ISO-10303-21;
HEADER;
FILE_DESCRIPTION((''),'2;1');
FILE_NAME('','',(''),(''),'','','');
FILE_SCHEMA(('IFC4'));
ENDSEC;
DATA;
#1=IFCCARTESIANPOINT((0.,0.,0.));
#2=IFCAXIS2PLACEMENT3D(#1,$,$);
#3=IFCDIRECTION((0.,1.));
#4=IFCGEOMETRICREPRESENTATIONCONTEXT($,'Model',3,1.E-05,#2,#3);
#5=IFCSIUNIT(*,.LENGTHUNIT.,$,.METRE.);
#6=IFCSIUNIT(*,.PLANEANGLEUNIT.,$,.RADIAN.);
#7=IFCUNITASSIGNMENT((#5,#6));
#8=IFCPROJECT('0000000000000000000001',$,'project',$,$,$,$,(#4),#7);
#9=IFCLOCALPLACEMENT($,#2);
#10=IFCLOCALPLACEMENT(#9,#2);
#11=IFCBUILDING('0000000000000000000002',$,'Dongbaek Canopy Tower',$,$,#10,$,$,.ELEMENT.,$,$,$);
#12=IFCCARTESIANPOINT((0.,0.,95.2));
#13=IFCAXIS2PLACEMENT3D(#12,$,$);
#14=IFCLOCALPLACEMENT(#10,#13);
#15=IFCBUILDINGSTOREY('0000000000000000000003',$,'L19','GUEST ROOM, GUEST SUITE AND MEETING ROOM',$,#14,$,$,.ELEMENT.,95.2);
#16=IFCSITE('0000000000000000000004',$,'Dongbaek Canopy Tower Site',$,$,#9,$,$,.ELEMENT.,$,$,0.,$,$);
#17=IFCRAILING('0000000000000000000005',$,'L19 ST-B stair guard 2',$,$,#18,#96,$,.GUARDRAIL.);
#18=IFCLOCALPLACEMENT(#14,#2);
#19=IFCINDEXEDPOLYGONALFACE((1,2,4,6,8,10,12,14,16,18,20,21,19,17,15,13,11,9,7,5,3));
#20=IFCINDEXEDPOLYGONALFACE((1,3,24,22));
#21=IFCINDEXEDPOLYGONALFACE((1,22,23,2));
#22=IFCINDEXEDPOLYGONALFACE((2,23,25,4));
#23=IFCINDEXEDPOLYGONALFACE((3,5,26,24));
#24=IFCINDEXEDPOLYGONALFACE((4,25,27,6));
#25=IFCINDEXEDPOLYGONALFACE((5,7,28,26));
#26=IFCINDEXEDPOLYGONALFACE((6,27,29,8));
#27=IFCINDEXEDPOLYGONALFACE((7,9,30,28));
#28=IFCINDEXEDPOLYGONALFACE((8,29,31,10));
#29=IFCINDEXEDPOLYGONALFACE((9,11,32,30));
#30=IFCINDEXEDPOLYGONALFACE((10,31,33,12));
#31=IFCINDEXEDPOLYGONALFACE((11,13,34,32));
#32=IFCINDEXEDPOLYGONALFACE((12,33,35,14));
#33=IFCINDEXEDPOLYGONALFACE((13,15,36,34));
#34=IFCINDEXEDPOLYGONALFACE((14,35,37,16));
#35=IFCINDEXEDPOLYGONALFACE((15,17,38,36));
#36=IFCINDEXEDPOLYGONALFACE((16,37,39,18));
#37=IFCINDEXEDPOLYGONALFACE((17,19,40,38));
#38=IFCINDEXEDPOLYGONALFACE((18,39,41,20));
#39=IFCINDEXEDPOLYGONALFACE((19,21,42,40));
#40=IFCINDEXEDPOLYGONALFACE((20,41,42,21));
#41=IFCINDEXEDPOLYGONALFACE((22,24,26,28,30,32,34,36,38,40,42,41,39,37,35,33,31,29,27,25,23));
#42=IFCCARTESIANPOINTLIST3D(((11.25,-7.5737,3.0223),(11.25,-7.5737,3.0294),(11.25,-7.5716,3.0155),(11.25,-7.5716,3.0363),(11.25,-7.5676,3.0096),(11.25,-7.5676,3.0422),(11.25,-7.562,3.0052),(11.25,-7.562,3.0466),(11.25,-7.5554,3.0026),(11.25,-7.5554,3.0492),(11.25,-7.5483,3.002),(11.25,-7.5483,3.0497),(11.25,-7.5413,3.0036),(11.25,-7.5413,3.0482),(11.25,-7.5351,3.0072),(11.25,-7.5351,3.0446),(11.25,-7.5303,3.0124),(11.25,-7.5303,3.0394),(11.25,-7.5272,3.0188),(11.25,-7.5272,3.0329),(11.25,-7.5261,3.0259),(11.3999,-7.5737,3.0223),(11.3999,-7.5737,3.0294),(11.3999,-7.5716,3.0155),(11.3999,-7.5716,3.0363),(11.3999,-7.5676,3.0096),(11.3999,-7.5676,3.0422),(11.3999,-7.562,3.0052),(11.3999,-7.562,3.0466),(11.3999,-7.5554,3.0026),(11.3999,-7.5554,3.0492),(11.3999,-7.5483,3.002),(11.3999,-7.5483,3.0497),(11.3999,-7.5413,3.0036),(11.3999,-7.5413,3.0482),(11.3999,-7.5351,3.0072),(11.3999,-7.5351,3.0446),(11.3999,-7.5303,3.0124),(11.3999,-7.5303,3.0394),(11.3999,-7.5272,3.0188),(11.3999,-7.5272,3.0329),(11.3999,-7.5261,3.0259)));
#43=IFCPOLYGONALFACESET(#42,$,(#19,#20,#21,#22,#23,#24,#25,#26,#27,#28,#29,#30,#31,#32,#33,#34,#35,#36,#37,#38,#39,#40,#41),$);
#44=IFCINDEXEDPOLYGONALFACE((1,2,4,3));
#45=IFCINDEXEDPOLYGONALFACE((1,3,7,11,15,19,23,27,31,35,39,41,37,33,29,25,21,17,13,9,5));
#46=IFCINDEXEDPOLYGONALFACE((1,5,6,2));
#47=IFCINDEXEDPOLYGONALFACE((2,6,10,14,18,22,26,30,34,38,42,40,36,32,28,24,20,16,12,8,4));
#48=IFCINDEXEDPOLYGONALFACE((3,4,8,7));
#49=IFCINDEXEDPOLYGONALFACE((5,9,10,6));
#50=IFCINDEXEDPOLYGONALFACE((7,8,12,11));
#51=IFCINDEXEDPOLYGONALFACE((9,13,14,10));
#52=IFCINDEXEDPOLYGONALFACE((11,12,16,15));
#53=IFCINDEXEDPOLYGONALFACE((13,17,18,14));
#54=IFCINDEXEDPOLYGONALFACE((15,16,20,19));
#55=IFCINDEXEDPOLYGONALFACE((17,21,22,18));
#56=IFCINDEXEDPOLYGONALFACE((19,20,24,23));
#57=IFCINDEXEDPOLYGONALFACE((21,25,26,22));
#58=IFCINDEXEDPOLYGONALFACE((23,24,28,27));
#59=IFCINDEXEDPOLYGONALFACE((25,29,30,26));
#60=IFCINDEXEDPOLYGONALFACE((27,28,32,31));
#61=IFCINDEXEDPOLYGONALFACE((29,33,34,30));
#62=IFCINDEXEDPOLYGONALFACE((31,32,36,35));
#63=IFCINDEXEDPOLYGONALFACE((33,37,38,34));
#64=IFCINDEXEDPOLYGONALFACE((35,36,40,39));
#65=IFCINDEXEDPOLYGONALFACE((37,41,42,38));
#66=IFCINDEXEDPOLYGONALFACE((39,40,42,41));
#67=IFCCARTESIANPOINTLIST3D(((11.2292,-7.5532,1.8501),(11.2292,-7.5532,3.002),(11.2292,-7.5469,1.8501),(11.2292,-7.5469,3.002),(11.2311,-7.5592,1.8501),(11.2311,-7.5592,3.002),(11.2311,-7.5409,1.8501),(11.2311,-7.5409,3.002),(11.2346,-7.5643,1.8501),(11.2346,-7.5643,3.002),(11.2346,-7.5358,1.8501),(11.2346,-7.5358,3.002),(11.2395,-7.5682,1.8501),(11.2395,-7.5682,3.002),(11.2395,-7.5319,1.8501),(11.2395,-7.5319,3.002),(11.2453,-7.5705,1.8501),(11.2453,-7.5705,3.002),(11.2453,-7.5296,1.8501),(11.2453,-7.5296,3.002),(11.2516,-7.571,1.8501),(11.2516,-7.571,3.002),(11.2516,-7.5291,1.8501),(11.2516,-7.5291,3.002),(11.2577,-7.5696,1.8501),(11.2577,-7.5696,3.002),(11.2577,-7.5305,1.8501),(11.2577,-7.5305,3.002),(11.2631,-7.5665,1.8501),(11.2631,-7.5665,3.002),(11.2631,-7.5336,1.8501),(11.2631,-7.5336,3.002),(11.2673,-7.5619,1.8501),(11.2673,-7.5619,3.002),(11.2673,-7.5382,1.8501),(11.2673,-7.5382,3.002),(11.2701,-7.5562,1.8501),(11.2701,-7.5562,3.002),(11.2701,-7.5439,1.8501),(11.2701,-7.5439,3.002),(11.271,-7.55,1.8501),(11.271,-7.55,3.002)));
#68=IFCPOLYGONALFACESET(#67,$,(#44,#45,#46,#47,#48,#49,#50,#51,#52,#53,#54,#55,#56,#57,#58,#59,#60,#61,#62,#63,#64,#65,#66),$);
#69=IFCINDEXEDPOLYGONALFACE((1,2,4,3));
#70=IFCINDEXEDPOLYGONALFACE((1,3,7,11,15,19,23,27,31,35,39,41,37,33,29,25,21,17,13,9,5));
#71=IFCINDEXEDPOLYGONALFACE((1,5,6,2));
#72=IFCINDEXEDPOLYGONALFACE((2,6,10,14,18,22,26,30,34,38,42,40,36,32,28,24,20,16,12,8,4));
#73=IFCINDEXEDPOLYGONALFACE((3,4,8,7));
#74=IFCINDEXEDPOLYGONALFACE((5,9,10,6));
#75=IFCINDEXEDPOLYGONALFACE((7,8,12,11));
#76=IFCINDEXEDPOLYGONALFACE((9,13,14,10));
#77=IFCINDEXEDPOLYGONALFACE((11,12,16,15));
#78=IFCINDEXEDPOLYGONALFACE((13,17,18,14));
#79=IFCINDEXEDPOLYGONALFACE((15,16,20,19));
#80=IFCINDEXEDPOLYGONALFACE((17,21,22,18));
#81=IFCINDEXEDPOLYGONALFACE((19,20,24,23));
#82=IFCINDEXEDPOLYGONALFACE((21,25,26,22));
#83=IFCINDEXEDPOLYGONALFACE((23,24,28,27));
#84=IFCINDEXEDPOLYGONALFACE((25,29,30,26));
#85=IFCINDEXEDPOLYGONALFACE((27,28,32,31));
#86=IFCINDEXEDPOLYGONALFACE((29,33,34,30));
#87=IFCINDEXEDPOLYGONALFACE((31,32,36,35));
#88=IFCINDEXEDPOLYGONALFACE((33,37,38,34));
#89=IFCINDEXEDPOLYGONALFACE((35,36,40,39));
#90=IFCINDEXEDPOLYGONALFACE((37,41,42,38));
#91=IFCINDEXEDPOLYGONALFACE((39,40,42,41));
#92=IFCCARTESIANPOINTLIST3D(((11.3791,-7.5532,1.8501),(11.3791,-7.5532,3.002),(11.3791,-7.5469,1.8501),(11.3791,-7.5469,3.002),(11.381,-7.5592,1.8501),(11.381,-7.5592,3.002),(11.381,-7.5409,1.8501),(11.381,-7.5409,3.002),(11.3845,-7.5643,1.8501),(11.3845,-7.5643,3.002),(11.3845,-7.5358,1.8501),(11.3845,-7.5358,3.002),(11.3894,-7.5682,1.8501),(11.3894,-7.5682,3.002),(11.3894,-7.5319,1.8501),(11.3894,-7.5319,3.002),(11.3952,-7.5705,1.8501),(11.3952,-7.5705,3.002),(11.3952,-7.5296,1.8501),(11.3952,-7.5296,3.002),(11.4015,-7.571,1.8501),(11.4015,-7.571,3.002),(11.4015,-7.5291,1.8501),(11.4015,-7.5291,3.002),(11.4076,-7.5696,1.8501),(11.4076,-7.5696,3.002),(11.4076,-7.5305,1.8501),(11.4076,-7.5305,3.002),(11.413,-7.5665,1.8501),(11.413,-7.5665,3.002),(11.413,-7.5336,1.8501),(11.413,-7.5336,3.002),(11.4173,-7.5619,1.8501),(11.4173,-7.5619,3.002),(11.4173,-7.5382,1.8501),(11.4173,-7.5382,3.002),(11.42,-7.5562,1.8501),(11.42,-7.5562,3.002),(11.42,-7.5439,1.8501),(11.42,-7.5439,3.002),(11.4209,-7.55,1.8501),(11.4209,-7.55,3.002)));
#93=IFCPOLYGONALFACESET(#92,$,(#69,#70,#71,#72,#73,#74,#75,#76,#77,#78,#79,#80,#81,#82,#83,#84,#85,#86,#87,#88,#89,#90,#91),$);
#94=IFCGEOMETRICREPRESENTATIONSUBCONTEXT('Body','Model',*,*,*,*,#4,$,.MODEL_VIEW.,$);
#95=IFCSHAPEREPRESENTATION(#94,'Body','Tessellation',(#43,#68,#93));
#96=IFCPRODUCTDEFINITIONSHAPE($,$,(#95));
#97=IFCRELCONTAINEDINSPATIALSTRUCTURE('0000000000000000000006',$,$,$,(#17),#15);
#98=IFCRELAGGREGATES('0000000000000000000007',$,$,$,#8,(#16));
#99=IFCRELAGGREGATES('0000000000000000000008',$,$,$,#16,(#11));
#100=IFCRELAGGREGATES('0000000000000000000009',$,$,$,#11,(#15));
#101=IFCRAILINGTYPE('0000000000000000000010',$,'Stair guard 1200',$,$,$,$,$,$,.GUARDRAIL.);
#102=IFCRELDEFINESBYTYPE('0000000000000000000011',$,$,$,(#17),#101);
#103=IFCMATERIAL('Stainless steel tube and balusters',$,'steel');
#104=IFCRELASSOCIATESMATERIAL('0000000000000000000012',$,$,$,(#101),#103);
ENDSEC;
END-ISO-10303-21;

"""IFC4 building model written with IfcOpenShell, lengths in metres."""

from ifc_helpers import new_model, si_unit, direction, frame, origin, origin_2d, place, context, subcontext, project, spatial, circle, extrude, material, type_object, element, save


model = new_model("IFC4")

# Units and contexts
model_context = context("Model", 3, precision=1e-05, world=origin(), true_north=direction((0.0, 1.0)))
body_context = subcontext(model_context, "Body", "Model", "MODEL_VIEW")
ifc_project = project(units=[si_unit("LENGTHUNIT", "METRE"), si_unit("PLANEANGLEUNIT", "RADIAN")], contexts=[model_context])

# Site, building, storey
site_placement = place(None, origin())
site = spatial("IfcSite", under=ifc_project, at=site_placement, Name="Dongbaek Canopy Tower Site", CompositionType="ELEMENT", RefElevation=0.0)
building_placement = place(site_placement, origin())
building = spatial("IfcBuilding", under=site, at=building_placement, Name="Dongbaek Canopy Tower", CompositionType="ELEMENT")
storey_placement = place(building_placement, frame((0.0, 0.0, 95.2)))
storey = spatial("IfcBuildingStorey", under=building, at=storey_placement, Name="L19", Description="GUEST ROOM, GUEST SUITE AND MEETING ROOM", CompositionType="ELEMENT", Elevation=95.2)

# Railing
ifc_material_1 = material(Name="Stainless steel tube and balusters", Category="steel")
railing_type_1 = type_object("IfcRailingType", Name="Stair guard 1200", PredefinedType="GUARDRAIL", material=ifc_material_1)
railing_1_placement = place(storey_placement, frame((11.25, -7.55, 1.8501)))
element("IfcRailing", 1, at=railing_1_placement, inside=storey, type_object=railing_type_1, Name="L19 ST-B stair guard 2", PredefinedType="GUARDRAIL", context=body_context, shape_type="SweptSolid", body=[
    extrude(circle(Radius=0.0239, at=origin_2d()), frame((0.0, 0.0, 1.1758), z_axis=(1.0, 0.0, 0.0), x_axis=(0.0, 1.0, 0.0)), (0.0, 0.0, 1.0), 0.1499),
    extrude(circle(Radius=0.021, at=origin_2d()), origin(), (0.0, 0.0, 1.0), 1.1519),
    extrude(circle(Radius=0.021, at=origin_2d()), frame((0.1499, 0.0, 0.0)), (0.0, 0.0, 1.0), 1.1519),
])

save(model, "model.ifc")
